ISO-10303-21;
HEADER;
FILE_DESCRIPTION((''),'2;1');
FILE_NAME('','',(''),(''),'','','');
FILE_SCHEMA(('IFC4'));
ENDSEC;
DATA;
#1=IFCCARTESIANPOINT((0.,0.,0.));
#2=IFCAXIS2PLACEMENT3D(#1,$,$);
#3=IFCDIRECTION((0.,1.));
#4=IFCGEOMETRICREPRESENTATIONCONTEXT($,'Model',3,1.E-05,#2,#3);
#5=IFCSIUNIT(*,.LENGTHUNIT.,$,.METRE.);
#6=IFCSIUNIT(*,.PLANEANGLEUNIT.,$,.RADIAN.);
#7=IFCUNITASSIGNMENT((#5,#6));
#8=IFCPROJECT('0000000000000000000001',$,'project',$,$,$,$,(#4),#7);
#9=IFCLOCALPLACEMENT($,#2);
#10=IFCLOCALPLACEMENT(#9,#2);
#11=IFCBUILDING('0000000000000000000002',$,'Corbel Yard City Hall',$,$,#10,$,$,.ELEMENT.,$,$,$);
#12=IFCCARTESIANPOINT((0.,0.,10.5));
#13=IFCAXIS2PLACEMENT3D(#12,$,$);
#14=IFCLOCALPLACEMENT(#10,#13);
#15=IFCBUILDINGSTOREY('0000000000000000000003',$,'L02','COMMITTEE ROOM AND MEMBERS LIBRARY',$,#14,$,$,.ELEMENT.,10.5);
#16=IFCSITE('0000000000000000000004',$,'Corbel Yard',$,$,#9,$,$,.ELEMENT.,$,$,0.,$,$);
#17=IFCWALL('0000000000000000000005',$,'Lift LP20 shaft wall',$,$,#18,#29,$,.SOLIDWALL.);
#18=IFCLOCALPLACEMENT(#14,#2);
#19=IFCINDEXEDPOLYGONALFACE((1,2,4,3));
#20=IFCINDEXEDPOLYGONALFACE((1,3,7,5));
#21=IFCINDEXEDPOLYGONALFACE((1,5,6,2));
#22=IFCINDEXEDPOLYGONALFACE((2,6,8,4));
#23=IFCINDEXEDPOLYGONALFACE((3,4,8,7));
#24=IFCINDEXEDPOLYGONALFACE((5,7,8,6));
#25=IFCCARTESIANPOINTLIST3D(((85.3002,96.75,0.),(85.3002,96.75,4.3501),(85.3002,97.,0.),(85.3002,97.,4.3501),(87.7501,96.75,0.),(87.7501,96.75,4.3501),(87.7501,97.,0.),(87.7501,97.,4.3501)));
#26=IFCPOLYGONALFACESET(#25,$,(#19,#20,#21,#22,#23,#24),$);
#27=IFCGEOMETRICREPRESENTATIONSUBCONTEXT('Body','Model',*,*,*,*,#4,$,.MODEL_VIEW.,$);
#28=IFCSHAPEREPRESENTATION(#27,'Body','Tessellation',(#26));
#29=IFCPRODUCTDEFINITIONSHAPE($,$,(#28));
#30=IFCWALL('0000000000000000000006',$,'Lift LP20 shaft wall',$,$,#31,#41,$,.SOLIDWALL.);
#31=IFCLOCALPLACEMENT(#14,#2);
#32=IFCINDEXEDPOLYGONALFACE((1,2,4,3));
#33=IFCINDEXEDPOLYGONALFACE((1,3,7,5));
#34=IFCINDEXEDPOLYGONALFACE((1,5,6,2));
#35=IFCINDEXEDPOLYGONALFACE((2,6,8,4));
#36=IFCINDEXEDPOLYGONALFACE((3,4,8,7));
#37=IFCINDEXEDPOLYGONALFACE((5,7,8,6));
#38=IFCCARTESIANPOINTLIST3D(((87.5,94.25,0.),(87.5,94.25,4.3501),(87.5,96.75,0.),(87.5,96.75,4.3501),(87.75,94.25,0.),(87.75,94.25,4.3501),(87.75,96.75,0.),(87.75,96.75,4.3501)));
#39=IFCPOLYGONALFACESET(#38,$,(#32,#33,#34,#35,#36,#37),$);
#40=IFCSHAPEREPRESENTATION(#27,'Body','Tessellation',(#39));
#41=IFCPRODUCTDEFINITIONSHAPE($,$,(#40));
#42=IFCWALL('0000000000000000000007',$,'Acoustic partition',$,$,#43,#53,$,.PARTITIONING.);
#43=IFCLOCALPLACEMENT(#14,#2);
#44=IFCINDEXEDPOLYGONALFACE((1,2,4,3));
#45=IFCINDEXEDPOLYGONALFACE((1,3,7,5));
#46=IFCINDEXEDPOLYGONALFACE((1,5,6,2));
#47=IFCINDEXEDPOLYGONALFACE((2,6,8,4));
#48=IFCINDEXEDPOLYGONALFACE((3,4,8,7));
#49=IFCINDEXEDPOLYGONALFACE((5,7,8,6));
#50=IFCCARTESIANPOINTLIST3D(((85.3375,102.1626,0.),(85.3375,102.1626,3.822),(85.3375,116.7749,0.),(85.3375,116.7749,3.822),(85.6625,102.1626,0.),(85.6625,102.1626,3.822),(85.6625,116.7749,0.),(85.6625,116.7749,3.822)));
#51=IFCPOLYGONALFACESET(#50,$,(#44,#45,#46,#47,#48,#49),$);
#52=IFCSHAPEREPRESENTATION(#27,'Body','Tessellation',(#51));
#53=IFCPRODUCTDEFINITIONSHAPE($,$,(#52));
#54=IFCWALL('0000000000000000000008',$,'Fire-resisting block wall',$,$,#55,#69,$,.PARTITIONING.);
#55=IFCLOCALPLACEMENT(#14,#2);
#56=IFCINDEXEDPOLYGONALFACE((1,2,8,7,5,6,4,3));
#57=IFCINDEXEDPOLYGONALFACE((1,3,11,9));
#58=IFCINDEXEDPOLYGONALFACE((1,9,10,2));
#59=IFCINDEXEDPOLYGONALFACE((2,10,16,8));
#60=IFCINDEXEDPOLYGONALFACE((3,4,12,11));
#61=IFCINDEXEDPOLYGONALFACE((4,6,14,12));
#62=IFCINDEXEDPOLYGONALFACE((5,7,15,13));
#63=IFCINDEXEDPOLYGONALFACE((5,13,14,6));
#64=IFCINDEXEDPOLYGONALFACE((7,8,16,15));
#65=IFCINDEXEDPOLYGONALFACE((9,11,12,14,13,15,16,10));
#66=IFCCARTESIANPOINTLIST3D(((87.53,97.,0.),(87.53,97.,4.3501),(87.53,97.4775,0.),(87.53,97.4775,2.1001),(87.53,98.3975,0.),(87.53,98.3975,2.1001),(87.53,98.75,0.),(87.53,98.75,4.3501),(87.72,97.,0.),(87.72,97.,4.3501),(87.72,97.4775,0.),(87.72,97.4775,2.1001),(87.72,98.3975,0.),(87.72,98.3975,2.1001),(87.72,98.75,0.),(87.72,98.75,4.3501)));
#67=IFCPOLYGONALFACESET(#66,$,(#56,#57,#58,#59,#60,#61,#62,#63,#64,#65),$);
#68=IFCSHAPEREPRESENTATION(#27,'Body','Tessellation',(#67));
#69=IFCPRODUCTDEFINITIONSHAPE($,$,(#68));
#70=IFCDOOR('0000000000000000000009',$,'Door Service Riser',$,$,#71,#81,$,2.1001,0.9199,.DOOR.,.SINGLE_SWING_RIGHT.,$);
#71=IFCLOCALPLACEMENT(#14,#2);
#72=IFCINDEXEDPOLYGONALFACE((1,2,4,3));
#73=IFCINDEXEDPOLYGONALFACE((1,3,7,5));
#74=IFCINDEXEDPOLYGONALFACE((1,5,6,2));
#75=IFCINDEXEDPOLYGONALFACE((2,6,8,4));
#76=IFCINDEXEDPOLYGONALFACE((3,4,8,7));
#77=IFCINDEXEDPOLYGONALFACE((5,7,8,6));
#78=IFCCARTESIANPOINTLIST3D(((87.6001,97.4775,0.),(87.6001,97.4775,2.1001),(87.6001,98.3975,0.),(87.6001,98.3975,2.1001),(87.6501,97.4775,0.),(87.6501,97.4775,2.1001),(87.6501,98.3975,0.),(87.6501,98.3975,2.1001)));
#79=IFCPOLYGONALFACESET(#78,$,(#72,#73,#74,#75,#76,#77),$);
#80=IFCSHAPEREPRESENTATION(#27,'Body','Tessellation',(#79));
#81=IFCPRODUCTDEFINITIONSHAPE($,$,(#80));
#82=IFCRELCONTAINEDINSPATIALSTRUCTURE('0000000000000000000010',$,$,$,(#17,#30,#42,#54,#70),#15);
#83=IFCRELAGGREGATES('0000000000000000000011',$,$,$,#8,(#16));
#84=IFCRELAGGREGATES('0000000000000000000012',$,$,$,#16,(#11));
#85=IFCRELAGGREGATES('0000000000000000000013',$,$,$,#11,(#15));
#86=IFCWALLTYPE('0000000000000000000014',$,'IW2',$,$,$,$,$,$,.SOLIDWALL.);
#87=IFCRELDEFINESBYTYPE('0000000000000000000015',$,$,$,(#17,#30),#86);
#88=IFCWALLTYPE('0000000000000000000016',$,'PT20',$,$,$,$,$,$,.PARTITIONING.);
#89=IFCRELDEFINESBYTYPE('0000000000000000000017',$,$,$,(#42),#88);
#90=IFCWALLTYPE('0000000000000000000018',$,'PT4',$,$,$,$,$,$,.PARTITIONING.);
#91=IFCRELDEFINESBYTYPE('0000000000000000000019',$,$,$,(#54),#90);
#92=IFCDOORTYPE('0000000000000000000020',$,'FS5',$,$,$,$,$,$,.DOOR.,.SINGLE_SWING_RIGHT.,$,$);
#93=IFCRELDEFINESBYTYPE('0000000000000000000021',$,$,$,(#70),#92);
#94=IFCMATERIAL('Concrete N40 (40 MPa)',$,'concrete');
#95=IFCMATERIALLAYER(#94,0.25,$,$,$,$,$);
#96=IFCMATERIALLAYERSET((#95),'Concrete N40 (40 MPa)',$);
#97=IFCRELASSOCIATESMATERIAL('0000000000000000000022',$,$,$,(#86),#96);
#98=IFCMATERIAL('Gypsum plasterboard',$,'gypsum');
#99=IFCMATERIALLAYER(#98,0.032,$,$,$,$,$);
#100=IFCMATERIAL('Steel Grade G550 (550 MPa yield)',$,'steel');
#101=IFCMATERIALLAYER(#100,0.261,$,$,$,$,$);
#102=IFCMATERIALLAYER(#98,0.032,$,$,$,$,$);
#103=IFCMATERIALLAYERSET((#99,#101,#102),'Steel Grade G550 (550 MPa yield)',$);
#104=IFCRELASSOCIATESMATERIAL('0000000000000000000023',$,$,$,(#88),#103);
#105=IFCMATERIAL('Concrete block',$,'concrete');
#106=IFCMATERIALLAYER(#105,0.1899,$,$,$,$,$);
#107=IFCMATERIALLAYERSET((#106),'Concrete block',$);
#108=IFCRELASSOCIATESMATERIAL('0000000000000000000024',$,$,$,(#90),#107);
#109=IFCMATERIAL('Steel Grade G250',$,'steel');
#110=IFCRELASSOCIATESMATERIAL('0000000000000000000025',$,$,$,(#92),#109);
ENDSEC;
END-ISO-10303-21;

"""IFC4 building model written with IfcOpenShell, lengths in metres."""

from ifc_helpers import new_model, si_unit, direction, frame, frame_2d, origin, place, context, subcontext, project, spatial, rectangle, extrude, material, layer, layer_set, type_object, element, fill, save


model = new_model("IFC4")

# Units and contexts
model_context = context("Model", 3, precision=1e-05, world=origin(), true_north=direction((0.0, 1.0)))
body_context = subcontext(model_context, "Body", "Model", "MODEL_VIEW")
ifc_project = project(units=[si_unit("LENGTHUNIT", "METRE"), si_unit("PLANEANGLEUNIT", "RADIAN")], contexts=[model_context])

# Site, building, storey
site_placement = place(None, origin())
site = spatial("IfcSite", under=ifc_project, at=site_placement, Name="Corbel Yard", CompositionType="ELEMENT", RefElevation=0.0)
building_placement = place(site_placement, origin())
building = spatial("IfcBuilding", under=site, at=building_placement, Name="Corbel Yard City Hall", CompositionType="ELEMENT")
storey_placement = place(building_placement, frame((0.0, 0.0, 10.5)))
storey = spatial("IfcBuildingStorey", under=building, at=storey_placement, Name="L02", Description="COMMITTEE ROOM AND MEMBERS LIBRARY", CompositionType="ELEMENT", Elevation=10.5)

# Shared definitions
ifc_material_1 = material(Name="Steel Grade G250", Category="steel")
ifc_material_2 = material(Name="Concrete N40 (40 MPa)", Category="concrete")
ifc_layer_1 = layer(ifc_material_2, 0.25)
ifc_layer_set_1 = layer_set([ifc_layer_1], Name="Concrete N40 (40 MPa)")
wall_type_1 = type_object("IfcWallType", Name="IW2", PredefinedType="SOLIDWALL", material=ifc_layer_set_1)

# Walls
wall_1_placement = place(storey_placement, frame((85.3, 96.875, 0.0), z_axis=(0.0, 0.0, 1.0), x_axis=(1.0, 0.0, 0.0)))
element("IfcWall", 1, at=wall_1_placement, inside=storey, type_object=wall_type_1, Name="Lift LP20 shaft wall", PredefinedType="SOLIDWALL", context=body_context, shape_type="SweptSolid", body=[
    extrude(rectangle(XDim=2.45, YDim=0.25, at=frame_2d((1.2251, 0.0))), origin(), (0.0, 0.0, 1.0), 4.3501),
])
wall_2_placement = place(storey_placement, frame((87.625, 94.25, 0.0), z_axis=(0.0, 0.0, 1.0), x_axis=(0.0, 1.0, 0.0)))
element("IfcWall", 2, at=wall_2_placement, inside=storey, type_object=wall_type_1, Name="Lift LP20 shaft wall", PredefinedType="SOLIDWALL", context=body_context, shape_type="SweptSolid", body=[
    extrude(rectangle(XDim=2.5, YDim=0.25, at=frame_2d((1.25, 0.0))), origin(), (0.0, 0.0, 1.0), 4.3501),
])

# Shared definitions
ifc_material_3 = material(Name="Gypsum plasterboard", Category="gypsum")
ifc_layer_2 = layer(ifc_material_3, 0.032)
ifc_material_4 = material(Name="Steel Grade G550 (550 MPa yield)", Category="steel")
ifc_layer_3 = layer(ifc_material_4, 0.261)
ifc_layer_4 = layer(ifc_material_3, 0.032)
ifc_layer_set_2 = layer_set([ifc_layer_2, ifc_layer_3, ifc_layer_4], Name="Steel Grade G550 (550 MPa yield)")
wall_type_2 = type_object("IfcWallType", Name="PT20", PredefinedType="PARTITIONING", material=ifc_layer_set_2)

# Wall
wall_3_placement = place(storey_placement, frame((85.5, 102.1626, 0.0), z_axis=(0.0, 0.0, 1.0), x_axis=(0.0, 1.0, 0.0)))
element("IfcWall", 3, at=wall_3_placement, inside=storey, type_object=wall_type_2, Name="Acoustic partition", PredefinedType="PARTITIONING", context=body_context, shape_type="SweptSolid", body=[
    extrude(rectangle(XDim=14.6123, YDim=0.325, at=frame_2d((7.3062, 0.0))), origin(), (0.0, 0.0, 1.0), 3.822),
])

# Wall, opening, door
ifc_material_5 = material(Name="Concrete block", Category="concrete")
ifc_layer_5 = layer(ifc_material_5, 0.1899)
ifc_layer_set_3 = layer_set([ifc_layer_5], Name="Concrete block")
wall_type_3 = type_object("IfcWallType", Name="PT4", PredefinedType="PARTITIONING", material=ifc_layer_set_3)
wall_4_placement = place(storey_placement, frame((87.625, 97.0, 0.0), z_axis=(0.0, 0.0, 1.0), x_axis=(0.0, 1.0, 0.0)))
wall_4 = element("IfcWall", 4, at=wall_4_placement, inside=storey, type_object=wall_type_3, Name="Fire-resisting block wall", PredefinedType="PARTITIONING", context=body_context, shape_type="SweptSolid", body=[
    extrude(rectangle(XDim=1.75, YDim=0.1899, at=frame_2d((0.875, 0.0))), origin(), (0.0, 0.0, 1.0), 4.3501),
])
opening_1_placement = place(wall_4_placement, frame((0.4775, 0.0, 0.0)))
opening_1 = element("IfcOpeningElement", 5, at=opening_1_placement, cuts=wall_4, PredefinedType="OPENING", context=body_context, shape_type="SweptSolid", body=[
    extrude(rectangle(XDim=0.9199, YDim=2.1001, at=frame_2d((0.46, 1.05))), frame((0.0, 0.105, 0.0), z_axis=(0.0, -1.0, 0.0), x_axis=(1.0, 0.0, 0.0)), (0.0, 0.0, 1.0), 0.21),
])
door_type_1 = type_object("IfcDoorType", Name="FS5", OperationType="SINGLE_SWING_RIGHT", PredefinedType="DOOR", material=ifc_material_1)
door_1_placement = place(opening_1_placement, origin())
door_1 = element("IfcDoor", 6, at=door_1_placement, inside=storey, type_object=door_type_1, Name="Door Service Riser", OperationType="SINGLE_SWING_RIGHT", OverallHeight=2.1001, OverallWidth=0.9199, PredefinedType="DOOR", context=body_context, shape_type="SweptSolid", body=[
    extrude(rectangle(XDim=0.9199, YDim=2.1001, at=frame_2d((0.46, 1.05))), frame((0.0, 0.0249, 0.0), z_axis=(0.0, -1.0, 0.0), x_axis=(1.0, 0.0, 0.0)), (0.0, 0.0, 1.0), 0.05),
])
fill(opening_1, door_1)

save(model, "model.ifc")
